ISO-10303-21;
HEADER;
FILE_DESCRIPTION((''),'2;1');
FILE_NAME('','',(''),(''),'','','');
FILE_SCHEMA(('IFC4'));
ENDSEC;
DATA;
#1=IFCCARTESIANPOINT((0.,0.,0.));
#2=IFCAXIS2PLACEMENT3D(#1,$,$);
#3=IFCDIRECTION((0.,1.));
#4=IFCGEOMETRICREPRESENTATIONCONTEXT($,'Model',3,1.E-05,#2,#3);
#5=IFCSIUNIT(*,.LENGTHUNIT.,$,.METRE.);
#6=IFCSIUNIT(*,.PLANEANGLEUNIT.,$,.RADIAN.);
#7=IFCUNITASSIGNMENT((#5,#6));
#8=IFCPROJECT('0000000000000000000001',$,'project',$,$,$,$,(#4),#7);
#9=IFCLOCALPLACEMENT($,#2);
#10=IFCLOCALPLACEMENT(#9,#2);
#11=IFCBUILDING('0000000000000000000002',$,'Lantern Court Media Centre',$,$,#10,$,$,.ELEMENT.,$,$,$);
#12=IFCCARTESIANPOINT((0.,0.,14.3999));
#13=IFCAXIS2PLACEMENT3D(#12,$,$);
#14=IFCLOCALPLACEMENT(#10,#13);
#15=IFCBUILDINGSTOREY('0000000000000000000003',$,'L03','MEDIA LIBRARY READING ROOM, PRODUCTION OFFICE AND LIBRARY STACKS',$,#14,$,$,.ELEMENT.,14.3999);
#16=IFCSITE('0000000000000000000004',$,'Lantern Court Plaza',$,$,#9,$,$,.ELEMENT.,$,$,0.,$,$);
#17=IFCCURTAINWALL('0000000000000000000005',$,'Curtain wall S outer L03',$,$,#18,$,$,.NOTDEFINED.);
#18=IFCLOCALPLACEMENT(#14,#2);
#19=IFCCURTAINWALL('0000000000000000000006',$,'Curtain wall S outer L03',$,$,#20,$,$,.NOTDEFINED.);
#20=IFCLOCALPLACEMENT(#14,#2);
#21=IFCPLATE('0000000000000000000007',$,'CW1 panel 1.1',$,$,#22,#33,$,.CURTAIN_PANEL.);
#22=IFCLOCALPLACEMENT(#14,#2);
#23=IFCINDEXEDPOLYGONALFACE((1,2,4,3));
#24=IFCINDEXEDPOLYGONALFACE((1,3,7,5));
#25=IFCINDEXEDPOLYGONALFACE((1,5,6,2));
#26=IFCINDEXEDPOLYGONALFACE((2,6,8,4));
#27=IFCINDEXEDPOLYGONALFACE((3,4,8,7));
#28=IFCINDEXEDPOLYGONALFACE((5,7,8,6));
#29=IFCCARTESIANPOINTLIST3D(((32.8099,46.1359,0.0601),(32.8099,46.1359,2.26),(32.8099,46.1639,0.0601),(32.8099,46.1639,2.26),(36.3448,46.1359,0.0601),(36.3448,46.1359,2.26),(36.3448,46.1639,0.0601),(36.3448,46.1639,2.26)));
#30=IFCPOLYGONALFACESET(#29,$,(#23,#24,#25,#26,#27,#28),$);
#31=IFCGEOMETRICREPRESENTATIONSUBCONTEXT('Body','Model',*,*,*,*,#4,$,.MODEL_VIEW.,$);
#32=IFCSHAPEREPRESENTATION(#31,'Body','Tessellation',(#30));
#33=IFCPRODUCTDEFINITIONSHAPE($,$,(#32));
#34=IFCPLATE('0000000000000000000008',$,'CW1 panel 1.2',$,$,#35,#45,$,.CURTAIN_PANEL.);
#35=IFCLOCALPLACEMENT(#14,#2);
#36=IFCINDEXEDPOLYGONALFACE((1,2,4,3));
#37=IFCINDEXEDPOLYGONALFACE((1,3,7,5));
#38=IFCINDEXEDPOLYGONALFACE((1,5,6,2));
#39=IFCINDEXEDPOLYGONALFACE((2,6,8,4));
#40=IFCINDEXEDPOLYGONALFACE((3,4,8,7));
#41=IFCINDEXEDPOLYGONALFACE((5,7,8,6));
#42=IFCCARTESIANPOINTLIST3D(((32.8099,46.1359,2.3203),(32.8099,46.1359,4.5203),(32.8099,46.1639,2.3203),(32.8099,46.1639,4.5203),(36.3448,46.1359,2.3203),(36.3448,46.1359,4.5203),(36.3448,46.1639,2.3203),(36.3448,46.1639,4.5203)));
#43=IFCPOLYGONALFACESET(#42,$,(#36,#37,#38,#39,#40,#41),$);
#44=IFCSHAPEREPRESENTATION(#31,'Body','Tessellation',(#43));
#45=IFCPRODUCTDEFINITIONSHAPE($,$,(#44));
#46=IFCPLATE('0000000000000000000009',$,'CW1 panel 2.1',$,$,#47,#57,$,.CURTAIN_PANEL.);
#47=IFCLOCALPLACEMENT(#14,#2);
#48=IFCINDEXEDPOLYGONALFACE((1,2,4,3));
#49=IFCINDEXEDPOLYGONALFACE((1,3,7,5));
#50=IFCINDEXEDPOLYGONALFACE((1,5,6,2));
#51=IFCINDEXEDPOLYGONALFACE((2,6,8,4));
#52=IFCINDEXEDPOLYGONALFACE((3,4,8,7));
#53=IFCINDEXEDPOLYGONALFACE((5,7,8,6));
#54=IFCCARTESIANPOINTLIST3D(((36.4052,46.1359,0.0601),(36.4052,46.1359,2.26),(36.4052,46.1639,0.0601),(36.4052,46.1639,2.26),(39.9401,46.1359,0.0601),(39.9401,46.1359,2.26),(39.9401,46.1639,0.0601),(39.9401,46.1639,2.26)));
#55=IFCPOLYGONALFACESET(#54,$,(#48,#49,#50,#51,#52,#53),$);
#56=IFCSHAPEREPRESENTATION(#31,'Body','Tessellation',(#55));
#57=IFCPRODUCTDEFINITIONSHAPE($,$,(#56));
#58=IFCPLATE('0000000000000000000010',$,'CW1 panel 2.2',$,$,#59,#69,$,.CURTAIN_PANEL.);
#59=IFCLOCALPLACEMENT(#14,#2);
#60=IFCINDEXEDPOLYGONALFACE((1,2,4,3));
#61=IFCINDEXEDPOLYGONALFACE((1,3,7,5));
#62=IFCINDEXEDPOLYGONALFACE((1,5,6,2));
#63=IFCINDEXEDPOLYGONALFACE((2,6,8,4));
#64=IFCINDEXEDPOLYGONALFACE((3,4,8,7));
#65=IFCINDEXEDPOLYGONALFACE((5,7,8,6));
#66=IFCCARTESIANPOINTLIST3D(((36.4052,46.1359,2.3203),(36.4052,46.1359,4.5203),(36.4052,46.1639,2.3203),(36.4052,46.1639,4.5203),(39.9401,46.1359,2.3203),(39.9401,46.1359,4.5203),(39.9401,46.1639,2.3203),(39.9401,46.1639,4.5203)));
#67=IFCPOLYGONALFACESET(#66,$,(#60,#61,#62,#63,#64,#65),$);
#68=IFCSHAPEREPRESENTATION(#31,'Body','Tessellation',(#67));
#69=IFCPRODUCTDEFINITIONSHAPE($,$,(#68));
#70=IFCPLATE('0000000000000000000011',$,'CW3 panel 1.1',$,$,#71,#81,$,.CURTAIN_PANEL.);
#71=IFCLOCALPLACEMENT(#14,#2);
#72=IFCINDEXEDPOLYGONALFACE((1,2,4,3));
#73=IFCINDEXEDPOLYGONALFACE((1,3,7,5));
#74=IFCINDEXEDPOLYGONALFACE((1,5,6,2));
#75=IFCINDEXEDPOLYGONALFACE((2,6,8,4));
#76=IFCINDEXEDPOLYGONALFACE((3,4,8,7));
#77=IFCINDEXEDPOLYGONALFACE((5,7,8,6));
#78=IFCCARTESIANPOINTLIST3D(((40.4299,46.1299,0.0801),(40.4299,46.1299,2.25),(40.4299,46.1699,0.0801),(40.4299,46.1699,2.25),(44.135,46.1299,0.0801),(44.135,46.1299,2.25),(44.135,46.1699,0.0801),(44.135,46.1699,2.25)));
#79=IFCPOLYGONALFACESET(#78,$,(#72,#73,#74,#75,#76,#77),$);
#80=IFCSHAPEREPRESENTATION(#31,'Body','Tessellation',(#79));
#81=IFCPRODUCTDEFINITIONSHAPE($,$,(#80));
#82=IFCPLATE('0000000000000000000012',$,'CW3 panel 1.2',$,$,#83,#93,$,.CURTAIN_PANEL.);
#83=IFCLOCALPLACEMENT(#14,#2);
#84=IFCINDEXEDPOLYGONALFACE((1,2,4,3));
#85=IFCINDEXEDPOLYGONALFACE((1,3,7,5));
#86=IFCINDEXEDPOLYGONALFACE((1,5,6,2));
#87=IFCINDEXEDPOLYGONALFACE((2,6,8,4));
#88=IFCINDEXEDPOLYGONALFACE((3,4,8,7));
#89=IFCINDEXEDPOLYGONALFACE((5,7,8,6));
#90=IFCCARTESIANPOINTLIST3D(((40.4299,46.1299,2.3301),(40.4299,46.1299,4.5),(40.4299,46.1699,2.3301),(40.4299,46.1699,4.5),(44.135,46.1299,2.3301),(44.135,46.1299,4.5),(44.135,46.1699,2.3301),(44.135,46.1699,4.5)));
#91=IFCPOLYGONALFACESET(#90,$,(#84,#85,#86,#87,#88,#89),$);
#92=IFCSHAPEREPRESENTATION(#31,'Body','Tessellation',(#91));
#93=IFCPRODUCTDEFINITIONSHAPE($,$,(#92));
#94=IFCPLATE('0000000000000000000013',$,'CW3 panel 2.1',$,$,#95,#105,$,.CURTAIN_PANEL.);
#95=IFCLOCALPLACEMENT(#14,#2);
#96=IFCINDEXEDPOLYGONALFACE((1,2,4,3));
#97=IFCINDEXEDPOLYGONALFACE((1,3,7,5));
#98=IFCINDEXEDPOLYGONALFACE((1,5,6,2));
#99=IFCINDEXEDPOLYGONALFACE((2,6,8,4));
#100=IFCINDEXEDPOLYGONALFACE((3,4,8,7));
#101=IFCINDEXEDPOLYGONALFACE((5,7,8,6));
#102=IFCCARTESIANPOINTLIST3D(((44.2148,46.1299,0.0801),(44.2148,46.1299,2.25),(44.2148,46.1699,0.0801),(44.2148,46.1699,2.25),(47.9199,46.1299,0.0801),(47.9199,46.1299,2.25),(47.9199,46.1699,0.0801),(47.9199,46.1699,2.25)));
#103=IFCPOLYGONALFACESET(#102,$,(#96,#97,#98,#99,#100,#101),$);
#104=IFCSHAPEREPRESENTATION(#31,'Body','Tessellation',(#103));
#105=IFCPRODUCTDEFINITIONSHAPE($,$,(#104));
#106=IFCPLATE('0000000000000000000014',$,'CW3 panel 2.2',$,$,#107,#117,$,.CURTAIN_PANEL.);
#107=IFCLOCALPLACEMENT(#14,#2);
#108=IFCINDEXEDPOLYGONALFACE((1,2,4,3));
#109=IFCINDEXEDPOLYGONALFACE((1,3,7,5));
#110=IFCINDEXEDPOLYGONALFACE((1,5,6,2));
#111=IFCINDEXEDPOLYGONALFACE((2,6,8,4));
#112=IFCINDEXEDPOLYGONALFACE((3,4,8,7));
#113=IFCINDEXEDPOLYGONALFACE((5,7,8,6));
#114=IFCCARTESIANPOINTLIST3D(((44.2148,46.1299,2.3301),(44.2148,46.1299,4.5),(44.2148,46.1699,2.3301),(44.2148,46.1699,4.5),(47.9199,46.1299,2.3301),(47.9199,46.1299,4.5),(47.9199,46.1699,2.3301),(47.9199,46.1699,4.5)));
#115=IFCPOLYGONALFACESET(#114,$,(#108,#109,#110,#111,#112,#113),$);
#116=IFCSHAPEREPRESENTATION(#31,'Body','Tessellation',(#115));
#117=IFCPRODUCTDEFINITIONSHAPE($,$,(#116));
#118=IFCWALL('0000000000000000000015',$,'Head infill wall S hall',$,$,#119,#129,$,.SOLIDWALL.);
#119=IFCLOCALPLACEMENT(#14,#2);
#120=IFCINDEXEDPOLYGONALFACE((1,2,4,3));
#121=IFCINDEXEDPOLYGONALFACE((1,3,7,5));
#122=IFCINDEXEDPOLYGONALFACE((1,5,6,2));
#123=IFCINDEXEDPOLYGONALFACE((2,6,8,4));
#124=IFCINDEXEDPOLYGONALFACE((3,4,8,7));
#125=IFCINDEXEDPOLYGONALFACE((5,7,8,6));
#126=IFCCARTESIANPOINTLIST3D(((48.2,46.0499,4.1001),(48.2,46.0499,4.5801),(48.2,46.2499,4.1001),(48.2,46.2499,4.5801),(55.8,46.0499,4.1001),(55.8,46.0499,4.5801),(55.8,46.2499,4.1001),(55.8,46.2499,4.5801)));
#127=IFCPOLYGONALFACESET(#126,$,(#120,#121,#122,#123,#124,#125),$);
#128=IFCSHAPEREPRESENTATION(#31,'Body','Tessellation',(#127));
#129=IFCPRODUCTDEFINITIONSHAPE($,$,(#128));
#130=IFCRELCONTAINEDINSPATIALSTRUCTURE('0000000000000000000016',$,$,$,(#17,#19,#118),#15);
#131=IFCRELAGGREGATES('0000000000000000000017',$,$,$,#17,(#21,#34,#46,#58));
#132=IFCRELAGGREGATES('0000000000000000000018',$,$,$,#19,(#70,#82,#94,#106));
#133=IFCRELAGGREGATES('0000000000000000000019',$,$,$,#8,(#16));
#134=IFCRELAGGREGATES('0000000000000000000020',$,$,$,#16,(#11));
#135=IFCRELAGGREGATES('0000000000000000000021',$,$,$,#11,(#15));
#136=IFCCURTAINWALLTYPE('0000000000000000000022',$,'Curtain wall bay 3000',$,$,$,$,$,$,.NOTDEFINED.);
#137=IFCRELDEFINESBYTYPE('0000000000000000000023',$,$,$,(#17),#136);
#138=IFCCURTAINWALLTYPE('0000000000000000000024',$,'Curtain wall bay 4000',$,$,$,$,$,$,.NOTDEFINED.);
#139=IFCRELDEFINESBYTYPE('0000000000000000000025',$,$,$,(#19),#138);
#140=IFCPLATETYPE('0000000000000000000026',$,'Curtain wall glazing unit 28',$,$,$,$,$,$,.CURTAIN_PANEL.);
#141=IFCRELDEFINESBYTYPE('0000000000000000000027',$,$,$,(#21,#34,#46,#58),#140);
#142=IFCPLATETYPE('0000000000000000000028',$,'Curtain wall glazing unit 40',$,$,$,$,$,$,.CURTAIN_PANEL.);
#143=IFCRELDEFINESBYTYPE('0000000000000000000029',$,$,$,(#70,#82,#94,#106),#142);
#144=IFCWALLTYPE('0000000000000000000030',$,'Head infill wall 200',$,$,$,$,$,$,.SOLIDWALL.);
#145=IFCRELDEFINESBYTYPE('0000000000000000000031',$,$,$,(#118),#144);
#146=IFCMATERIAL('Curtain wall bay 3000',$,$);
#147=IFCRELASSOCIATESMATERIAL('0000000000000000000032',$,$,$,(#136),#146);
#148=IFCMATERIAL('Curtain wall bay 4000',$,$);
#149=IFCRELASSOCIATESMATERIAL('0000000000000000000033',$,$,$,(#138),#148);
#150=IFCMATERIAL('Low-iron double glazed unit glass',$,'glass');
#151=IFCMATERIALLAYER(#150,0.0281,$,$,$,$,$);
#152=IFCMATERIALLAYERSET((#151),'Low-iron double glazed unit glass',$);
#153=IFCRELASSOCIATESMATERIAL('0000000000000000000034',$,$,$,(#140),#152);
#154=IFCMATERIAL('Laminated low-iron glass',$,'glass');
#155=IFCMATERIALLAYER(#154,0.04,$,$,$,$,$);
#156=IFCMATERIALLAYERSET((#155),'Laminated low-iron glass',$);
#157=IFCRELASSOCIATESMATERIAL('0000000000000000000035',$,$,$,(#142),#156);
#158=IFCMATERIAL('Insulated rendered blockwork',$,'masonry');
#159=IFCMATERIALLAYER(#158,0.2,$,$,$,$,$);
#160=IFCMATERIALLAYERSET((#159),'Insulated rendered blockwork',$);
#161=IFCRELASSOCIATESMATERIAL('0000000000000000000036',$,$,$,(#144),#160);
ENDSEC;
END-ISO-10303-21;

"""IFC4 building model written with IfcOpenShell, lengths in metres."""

from ifc_helpers import new_model, si_unit, direction, frame, frame_2d, origin, origin_2d, place, context, subcontext, project, spatial, rectangle, extrude, material, layer, layer_set, type_object, element, aggregate, save


model = new_model("IFC4")

# Units and contexts
model_context = context("Model", 3, precision=1e-05, world=origin(), true_north=direction((0.0, 1.0)))
body_context = subcontext(model_context, "Body", "Model", "MODEL_VIEW")
ifc_project = project(units=[si_unit("LENGTHUNIT", "METRE"), si_unit("PLANEANGLEUNIT", "RADIAN")], contexts=[model_context])

# Site, building, storey
site_placement = place(None, origin())
site = spatial("IfcSite", under=ifc_project, at=site_placement, Name="Lantern Court Plaza", CompositionType="ELEMENT", RefElevation=0.0)
building_placement = place(site_placement, origin())
building = spatial("IfcBuilding", under=site, at=building_placement, Name="Lantern Court Media Centre", CompositionType="ELEMENT")
storey_placement = place(building_placement, frame((0.0, 0.0, 14.3999)))
storey = spatial("IfcBuildingStorey", under=building, at=storey_placement, Name="L03", Description="MEDIA LIBRARY READING ROOM, PRODUCTION OFFICE AND LIBRARY STACKS", CompositionType="ELEMENT", Elevation=14.3999)

# Curtain walls
ifc_material_1 = material(Name="Curtain wall bay 3000")
curtain_wall_type_1 = type_object("IfcCurtainWallType", Name="Curtain wall bay 3000", PredefinedType="NOTDEFINED", material=ifc_material_1)
curtain_wall_1_placement = place(storey_placement, origin())
curtain_wall_1 = element("IfcCurtainWall", 1, at=curtain_wall_1_placement, inside=storey, type_object=curtain_wall_type_1, Name="Curtain wall S outer L03", PredefinedType="NOTDEFINED")
ifc_material_2 = material(Name="Curtain wall bay 4000")
curtain_wall_type_2 = type_object("IfcCurtainWallType", Name="Curtain wall bay 4000", PredefinedType="NOTDEFINED", material=ifc_material_2)
curtain_wall_2_placement = place(storey_placement, origin())
curtain_wall_2 = element("IfcCurtainWall", 2, at=curtain_wall_2_placement, inside=storey, type_object=curtain_wall_type_2, Name="Curtain wall S outer L03", PredefinedType="NOTDEFINED")

# Plates
ifc_material_3 = material(Name="Low-iron double glazed unit glass", Category="glass")
ifc_layer_1 = layer(ifc_material_3, 0.0281)
ifc_layer_set_1 = layer_set([ifc_layer_1], Name="Low-iron double glazed unit glass")
plate_type_1 = type_object("IfcPlateType", Name="Curtain wall glazing unit 28", PredefinedType="CURTAIN_PANEL", material=ifc_layer_set_1)
plate_1_placement = place(storey_placement, frame((34.5774, 46.1499, 0.0601), z_axis=(0.0, 0.0, 1.0), x_axis=(1.0, 0.0, 0.0)))
plate_1 = element("IfcPlate", 3, at=plate_1_placement, type_object=plate_type_1, Name="CW1 panel 1.1", PredefinedType="CURTAIN_PANEL", context=body_context, shape_type="SweptSolid", body=[
    extrude(rectangle(XDim=3.5349, YDim=0.0281, at=origin_2d()), origin(), (0.0, 0.0, 1.0), 2.2),
])
plate_2_placement = place(storey_placement, frame((34.5774, 46.1499, 2.3203), z_axis=(0.0, 0.0, 1.0), x_axis=(1.0, 0.0, 0.0)))
plate_2 = element("IfcPlate", 4, at=plate_2_placement, type_object=plate_type_1, Name="CW1 panel 1.2", PredefinedType="CURTAIN_PANEL", context=body_context, shape_type="SweptSolid", body=[
    extrude(rectangle(XDim=3.5349, YDim=0.0281, at=origin_2d()), origin(), (0.0, 0.0, 1.0), 2.2),
])
plate_3_placement = place(storey_placement, frame((38.1726, 46.1499, 0.0601), z_axis=(0.0, 0.0, 1.0), x_axis=(1.0, 0.0, 0.0)))
plate_3 = element("IfcPlate", 5, at=plate_3_placement, type_object=plate_type_1, Name="CW1 panel 2.1", PredefinedType="CURTAIN_PANEL", context=body_context, shape_type="SweptSolid", body=[
    extrude(rectangle(XDim=3.5349, YDim=0.0281, at=origin_2d()), origin(), (0.0, 0.0, 1.0), 2.2),
])
plate_4_placement = place(storey_placement, frame((38.1726, 46.1499, 2.3203), z_axis=(0.0, 0.0, 1.0), x_axis=(1.0, 0.0, 0.0)))
plate_4 = element("IfcPlate", 6, at=plate_4_placement, type_object=plate_type_1, Name="CW1 panel 2.2", PredefinedType="CURTAIN_PANEL", context=body_context, shape_type="SweptSolid", body=[
    extrude(rectangle(XDim=3.5349, YDim=0.0281, at=origin_2d()), origin(), (0.0, 0.0, 1.0), 2.2),
])
aggregate(curtain_wall_1, [plate_1, plate_2, plate_3, plate_4])
ifc_material_4 = material(Name="Laminated low-iron glass", Category="glass")
ifc_layer_2 = layer(ifc_material_4, 0.04)
ifc_layer_set_2 = layer_set([ifc_layer_2], Name="Laminated low-iron glass")
plate_type_2 = type_object("IfcPlateType", Name="Curtain wall glazing unit 40", PredefinedType="CURTAIN_PANEL", material=ifc_layer_set_2)
plate_5_placement = place(storey_placement, frame((42.2825, 46.1499, 0.0801), z_axis=(0.0, 0.0, 1.0), x_axis=(1.0, 0.0, 0.0)))
plate_5 = element("IfcPlate", 7, at=plate_5_placement, type_object=plate_type_2, Name="CW3 panel 1.1", PredefinedType="CURTAIN_PANEL", context=body_context, shape_type="SweptSolid", body=[
    extrude(rectangle(XDim=3.7051, YDim=0.04, at=origin_2d()), origin(), (0.0, 0.0, 1.0), 2.1699),
])
plate_6_placement = place(storey_placement, frame((42.2825, 46.1499, 2.3301), z_axis=(0.0, 0.0, 1.0), x_axis=(1.0, 0.0, 0.0)))
plate_6 = element("IfcPlate", 8, at=plate_6_placement, type_object=plate_type_2, Name="CW3 panel 1.2", PredefinedType="CURTAIN_PANEL", context=body_context, shape_type="SweptSolid", body=[
    extrude(rectangle(XDim=3.7051, YDim=0.04, at=origin_2d()), origin(), (0.0, 0.0, 1.0), 2.1699),
])
plate_7_placement = place(storey_placement, frame((46.0674, 46.1499, 0.0801), z_axis=(0.0, 0.0, 1.0), x_axis=(1.0, 0.0, 0.0)))
plate_7 = element("IfcPlate", 9, at=plate_7_placement, type_object=plate_type_2, Name="CW3 panel 2.1", PredefinedType="CURTAIN_PANEL", context=body_context, shape_type="SweptSolid", body=[
    extrude(rectangle(XDim=3.7051, YDim=0.04, at=origin_2d()), origin(), (0.0, 0.0, 1.0), 2.1699),
])
plate_8_placement = place(storey_placement, frame((46.0674, 46.1499, 2.3301), z_axis=(0.0, 0.0, 1.0), x_axis=(1.0, 0.0, 0.0)))
plate_8 = element("IfcPlate", 10, at=plate_8_placement, type_object=plate_type_2, Name="CW3 panel 2.2", PredefinedType="CURTAIN_PANEL", context=body_context, shape_type="SweptSolid", body=[
    extrude(rectangle(XDim=3.7051, YDim=0.04, at=origin_2d()), origin(), (0.0, 0.0, 1.0), 2.1699),
])
aggregate(curtain_wall_2, [plate_5, plate_6, plate_7, plate_8])

# Wall
ifc_material_5 = material(Name="Insulated rendered blockwork", Category="masonry")
ifc_layer_3 = layer(ifc_material_5, 0.2)
ifc_layer_set_3 = layer_set([ifc_layer_3], Name="Insulated rendered blockwork")
wall_type = type_object("IfcWallType", Name="Head infill wall 200", PredefinedType="SOLIDWALL", material=ifc_layer_set_3)
wall_placement = place(storey_placement, frame((48.2, 46.1499, 4.1001), z_axis=(0.0, 0.0, 1.0), x_axis=(1.0, 0.0, 0.0)))
element("IfcWall", 11, at=wall_placement, inside=storey, type_object=wall_type, Name="Head infill wall S hall", PredefinedType="SOLIDWALL", context=body_context, shape_type="SweptSolid", body=[
    extrude(rectangle(XDim=7.6001, YDim=0.2, at=frame_2d((3.8, 0.0))), origin(), (0.0, 0.0, 1.0), 0.48),
])

save(model, "model.ifc")
